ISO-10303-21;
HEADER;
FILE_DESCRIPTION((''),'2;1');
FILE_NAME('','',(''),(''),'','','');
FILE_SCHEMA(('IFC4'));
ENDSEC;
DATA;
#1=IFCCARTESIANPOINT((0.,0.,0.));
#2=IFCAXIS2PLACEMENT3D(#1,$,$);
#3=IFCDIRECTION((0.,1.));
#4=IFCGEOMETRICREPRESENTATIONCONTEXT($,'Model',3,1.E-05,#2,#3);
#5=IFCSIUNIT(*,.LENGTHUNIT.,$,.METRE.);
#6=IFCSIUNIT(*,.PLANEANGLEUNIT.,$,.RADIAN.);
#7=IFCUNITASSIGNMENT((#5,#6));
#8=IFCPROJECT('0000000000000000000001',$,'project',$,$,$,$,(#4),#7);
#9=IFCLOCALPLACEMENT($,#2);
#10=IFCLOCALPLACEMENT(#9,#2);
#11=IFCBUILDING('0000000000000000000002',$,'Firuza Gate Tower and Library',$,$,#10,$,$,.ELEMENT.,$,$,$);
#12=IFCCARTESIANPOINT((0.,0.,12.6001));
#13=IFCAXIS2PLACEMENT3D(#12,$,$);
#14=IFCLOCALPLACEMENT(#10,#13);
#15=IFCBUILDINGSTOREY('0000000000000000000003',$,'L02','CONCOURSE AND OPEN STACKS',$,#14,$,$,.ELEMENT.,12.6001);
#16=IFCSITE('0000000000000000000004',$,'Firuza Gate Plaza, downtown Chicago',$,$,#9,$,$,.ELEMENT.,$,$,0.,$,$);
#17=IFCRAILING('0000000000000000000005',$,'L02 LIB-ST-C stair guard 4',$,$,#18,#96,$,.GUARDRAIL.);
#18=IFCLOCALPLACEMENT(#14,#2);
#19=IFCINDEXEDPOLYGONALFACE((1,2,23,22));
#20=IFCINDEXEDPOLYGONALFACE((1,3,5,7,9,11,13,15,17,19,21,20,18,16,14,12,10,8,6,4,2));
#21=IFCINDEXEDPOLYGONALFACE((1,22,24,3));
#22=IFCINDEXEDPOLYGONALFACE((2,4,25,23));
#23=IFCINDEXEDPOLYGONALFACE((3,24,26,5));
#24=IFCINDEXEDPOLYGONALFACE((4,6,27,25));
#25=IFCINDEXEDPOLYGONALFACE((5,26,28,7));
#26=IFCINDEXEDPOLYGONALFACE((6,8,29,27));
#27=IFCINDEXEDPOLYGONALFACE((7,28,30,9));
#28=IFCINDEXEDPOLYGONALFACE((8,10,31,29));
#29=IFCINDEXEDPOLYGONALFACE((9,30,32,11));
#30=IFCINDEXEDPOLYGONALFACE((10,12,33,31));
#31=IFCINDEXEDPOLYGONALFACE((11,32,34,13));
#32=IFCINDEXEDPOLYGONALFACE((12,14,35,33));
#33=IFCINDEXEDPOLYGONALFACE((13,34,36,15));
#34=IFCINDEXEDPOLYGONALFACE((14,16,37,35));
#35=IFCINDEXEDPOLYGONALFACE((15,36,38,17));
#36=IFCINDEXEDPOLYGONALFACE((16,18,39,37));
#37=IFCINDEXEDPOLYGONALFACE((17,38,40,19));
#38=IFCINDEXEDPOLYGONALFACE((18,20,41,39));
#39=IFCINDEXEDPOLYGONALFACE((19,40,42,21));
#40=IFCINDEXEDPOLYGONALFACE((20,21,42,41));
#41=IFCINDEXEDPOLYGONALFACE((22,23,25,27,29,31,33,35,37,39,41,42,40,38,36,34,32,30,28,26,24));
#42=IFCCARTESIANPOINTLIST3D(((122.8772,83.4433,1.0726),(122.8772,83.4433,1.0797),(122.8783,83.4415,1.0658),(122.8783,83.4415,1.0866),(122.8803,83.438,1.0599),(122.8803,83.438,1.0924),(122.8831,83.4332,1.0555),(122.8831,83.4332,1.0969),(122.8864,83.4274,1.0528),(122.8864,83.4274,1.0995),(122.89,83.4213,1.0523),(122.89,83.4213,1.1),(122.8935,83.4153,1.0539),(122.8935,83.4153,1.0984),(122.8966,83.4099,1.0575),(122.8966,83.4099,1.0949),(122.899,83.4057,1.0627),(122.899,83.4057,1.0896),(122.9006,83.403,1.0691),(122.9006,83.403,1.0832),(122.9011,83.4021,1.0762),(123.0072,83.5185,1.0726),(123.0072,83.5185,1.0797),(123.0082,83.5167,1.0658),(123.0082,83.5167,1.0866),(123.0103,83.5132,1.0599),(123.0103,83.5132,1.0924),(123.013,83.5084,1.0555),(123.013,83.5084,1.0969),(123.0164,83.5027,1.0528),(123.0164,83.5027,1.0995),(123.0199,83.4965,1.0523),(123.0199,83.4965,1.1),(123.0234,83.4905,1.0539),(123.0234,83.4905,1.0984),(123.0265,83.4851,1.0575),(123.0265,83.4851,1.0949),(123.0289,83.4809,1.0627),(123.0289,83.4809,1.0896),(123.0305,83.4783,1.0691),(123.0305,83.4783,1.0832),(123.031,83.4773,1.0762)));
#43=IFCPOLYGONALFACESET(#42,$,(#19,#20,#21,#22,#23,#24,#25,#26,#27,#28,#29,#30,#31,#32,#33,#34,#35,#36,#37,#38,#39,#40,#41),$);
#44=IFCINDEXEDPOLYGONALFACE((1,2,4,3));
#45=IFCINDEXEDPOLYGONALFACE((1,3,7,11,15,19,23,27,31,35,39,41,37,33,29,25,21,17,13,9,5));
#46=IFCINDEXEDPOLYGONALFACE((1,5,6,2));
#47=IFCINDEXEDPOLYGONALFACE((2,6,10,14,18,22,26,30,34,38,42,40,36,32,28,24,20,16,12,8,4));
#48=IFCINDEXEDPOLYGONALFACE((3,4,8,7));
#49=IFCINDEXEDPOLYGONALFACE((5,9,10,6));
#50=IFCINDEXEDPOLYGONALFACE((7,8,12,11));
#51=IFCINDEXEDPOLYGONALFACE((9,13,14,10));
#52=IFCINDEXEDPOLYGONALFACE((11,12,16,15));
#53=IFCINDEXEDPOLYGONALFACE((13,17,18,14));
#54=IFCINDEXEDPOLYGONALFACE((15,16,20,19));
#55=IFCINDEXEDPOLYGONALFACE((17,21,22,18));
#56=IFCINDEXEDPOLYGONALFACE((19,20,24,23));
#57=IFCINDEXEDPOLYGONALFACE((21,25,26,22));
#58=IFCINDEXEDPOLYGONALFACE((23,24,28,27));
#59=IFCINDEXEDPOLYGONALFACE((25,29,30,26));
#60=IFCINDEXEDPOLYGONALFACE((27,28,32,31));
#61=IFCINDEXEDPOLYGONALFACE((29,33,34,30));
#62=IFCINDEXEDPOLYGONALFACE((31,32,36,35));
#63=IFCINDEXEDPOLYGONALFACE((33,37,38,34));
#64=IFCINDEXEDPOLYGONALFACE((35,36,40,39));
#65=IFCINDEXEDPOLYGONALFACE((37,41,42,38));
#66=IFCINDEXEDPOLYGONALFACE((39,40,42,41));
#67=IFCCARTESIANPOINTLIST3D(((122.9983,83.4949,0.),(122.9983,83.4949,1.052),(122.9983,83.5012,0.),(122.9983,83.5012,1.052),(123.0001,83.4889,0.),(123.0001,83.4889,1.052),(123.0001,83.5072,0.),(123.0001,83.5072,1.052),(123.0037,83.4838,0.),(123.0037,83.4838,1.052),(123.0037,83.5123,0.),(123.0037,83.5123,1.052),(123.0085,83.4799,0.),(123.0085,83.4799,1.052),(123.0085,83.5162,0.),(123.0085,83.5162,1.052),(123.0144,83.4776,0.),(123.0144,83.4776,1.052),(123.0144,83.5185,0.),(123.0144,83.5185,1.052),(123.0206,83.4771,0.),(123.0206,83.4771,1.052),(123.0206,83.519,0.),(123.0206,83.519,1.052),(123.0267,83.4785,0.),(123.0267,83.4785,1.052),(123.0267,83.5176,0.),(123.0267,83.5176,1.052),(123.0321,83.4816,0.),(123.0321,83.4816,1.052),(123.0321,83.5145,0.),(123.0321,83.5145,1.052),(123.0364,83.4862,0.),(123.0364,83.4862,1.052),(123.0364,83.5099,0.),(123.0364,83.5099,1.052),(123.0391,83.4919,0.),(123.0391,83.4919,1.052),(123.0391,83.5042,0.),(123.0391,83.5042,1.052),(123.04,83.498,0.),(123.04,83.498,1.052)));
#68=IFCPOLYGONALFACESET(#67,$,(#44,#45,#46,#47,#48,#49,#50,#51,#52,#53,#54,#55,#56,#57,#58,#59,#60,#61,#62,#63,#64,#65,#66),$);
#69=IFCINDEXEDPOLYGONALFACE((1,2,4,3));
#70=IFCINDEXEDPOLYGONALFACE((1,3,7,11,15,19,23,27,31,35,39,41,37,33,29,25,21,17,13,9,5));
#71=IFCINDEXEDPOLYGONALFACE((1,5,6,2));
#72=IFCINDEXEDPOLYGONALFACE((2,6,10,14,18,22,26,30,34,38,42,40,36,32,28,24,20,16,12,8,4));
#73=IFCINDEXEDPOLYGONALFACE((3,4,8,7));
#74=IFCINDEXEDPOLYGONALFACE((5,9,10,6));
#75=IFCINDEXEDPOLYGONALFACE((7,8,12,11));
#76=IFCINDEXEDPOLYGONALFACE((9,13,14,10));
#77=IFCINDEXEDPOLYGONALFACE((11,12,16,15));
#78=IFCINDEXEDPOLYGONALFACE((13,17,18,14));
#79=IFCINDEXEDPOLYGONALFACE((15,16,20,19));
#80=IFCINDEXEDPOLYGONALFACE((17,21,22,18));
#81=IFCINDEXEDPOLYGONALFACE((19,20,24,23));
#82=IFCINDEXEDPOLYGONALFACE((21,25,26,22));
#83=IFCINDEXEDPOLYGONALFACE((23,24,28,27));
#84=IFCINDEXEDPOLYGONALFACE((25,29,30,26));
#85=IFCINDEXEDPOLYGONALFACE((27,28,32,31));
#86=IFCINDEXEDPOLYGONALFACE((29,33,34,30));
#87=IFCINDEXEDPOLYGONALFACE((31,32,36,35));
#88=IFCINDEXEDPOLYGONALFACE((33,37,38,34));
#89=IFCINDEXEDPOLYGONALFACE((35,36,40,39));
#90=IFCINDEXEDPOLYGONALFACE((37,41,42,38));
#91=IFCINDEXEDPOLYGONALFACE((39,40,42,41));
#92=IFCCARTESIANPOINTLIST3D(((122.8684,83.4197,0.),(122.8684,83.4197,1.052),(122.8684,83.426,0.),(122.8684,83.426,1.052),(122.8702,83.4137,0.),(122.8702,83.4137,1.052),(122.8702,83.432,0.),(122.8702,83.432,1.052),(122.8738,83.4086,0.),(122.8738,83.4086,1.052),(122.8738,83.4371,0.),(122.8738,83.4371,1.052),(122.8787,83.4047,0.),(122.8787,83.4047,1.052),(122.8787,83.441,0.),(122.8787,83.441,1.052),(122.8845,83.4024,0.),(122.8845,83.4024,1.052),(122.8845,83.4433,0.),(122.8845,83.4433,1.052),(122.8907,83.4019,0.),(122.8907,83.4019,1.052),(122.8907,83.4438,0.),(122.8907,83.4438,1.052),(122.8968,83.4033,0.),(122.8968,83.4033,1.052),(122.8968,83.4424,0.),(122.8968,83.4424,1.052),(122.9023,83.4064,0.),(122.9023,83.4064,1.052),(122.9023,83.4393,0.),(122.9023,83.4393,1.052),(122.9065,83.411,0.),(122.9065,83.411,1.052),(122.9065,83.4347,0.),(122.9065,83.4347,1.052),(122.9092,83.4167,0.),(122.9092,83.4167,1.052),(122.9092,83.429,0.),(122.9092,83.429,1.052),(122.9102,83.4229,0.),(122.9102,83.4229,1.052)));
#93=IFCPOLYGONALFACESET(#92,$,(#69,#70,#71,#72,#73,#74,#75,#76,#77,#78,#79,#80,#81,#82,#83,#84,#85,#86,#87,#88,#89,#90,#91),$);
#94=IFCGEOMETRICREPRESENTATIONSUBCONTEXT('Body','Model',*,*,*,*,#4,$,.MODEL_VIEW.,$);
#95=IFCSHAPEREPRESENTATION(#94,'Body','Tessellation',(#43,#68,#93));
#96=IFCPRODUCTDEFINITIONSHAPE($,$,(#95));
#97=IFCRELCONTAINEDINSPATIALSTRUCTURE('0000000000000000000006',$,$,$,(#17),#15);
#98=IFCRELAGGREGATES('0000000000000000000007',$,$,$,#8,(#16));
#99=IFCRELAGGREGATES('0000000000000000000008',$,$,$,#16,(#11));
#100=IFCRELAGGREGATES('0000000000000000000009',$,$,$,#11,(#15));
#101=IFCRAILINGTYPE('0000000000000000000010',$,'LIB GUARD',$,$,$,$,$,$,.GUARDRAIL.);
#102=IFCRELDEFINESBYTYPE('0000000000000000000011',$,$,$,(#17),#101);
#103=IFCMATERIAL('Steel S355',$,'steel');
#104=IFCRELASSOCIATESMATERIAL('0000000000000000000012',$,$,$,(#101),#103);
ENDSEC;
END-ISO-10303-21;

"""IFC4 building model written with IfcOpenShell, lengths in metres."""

from ifc_helpers import new_model, si_unit, direction, frame, origin, origin_2d, place, context, subcontext, project, spatial, circle, extrude, material, type_object, element, save


model = new_model("IFC4")

# Units and contexts
model_context = context("Model", 3, precision=1e-05, world=origin(), true_north=direction((0.0, 1.0)))
body_context = subcontext(model_context, "Body", "Model", "MODEL_VIEW")
ifc_project = project(units=[si_unit("LENGTHUNIT", "METRE"), si_unit("PLANEANGLEUNIT", "RADIAN")], contexts=[model_context])

# Site, building, storey
site_placement = place(None, origin())
site = spatial("IfcSite", under=ifc_project, at=site_placement, Name="Firuza Gate Plaza, downtown Chicago", CompositionType="ELEMENT", RefElevation=0.0)
building_placement = place(site_placement, origin())
building = spatial("IfcBuilding", under=site, at=building_placement, Name="Firuza Gate Tower and Library", CompositionType="ELEMENT")
storey_placement = place(building_placement, frame((0.0, 0.0, 12.6001)))
storey = spatial("IfcBuildingStorey", under=building, at=storey_placement, Name="L02", Description="CONCOURSE AND OPEN STACKS", CompositionType="ELEMENT", Elevation=12.6001)

# Railing
ifc_material_1 = material(Name="Steel S355", Category="steel")
railing_type_1 = type_object("IfcRailingType", Name="LIB GUARD", PredefinedType="GUARDRAIL", material=ifc_material_1)
railing_1_placement = place(storey_placement, frame((123.019, 83.498, 0.0)))
element("IfcRailing", 1, at=railing_1_placement, inside=storey, type_object=railing_type_1, Name="L02 LIB-ST-C stair guard 4", PredefinedType="GUARDRAIL", context=body_context, shape_type="SweptSolid", body=[
    extrude(circle(Radius=0.0239, at=origin_2d()), frame((0.0, 0.0, 1.0762), z_axis=(-0.865426, -0.501036, 0.0), x_axis=(0.501036, -0.865426, 0.0)), (0.0, 0.0, 1.0), 0.1501),
    extrude(circle(Radius=0.021, at=origin_2d()), origin(), (0.0, 0.0, 1.0), 1.052),
    extrude(circle(Radius=0.021, at=origin_2d()), frame((-0.1299, -0.0752, 0.0)), (0.0, 0.0, 1.0), 1.052),
])

save(model, "model.ifc")
